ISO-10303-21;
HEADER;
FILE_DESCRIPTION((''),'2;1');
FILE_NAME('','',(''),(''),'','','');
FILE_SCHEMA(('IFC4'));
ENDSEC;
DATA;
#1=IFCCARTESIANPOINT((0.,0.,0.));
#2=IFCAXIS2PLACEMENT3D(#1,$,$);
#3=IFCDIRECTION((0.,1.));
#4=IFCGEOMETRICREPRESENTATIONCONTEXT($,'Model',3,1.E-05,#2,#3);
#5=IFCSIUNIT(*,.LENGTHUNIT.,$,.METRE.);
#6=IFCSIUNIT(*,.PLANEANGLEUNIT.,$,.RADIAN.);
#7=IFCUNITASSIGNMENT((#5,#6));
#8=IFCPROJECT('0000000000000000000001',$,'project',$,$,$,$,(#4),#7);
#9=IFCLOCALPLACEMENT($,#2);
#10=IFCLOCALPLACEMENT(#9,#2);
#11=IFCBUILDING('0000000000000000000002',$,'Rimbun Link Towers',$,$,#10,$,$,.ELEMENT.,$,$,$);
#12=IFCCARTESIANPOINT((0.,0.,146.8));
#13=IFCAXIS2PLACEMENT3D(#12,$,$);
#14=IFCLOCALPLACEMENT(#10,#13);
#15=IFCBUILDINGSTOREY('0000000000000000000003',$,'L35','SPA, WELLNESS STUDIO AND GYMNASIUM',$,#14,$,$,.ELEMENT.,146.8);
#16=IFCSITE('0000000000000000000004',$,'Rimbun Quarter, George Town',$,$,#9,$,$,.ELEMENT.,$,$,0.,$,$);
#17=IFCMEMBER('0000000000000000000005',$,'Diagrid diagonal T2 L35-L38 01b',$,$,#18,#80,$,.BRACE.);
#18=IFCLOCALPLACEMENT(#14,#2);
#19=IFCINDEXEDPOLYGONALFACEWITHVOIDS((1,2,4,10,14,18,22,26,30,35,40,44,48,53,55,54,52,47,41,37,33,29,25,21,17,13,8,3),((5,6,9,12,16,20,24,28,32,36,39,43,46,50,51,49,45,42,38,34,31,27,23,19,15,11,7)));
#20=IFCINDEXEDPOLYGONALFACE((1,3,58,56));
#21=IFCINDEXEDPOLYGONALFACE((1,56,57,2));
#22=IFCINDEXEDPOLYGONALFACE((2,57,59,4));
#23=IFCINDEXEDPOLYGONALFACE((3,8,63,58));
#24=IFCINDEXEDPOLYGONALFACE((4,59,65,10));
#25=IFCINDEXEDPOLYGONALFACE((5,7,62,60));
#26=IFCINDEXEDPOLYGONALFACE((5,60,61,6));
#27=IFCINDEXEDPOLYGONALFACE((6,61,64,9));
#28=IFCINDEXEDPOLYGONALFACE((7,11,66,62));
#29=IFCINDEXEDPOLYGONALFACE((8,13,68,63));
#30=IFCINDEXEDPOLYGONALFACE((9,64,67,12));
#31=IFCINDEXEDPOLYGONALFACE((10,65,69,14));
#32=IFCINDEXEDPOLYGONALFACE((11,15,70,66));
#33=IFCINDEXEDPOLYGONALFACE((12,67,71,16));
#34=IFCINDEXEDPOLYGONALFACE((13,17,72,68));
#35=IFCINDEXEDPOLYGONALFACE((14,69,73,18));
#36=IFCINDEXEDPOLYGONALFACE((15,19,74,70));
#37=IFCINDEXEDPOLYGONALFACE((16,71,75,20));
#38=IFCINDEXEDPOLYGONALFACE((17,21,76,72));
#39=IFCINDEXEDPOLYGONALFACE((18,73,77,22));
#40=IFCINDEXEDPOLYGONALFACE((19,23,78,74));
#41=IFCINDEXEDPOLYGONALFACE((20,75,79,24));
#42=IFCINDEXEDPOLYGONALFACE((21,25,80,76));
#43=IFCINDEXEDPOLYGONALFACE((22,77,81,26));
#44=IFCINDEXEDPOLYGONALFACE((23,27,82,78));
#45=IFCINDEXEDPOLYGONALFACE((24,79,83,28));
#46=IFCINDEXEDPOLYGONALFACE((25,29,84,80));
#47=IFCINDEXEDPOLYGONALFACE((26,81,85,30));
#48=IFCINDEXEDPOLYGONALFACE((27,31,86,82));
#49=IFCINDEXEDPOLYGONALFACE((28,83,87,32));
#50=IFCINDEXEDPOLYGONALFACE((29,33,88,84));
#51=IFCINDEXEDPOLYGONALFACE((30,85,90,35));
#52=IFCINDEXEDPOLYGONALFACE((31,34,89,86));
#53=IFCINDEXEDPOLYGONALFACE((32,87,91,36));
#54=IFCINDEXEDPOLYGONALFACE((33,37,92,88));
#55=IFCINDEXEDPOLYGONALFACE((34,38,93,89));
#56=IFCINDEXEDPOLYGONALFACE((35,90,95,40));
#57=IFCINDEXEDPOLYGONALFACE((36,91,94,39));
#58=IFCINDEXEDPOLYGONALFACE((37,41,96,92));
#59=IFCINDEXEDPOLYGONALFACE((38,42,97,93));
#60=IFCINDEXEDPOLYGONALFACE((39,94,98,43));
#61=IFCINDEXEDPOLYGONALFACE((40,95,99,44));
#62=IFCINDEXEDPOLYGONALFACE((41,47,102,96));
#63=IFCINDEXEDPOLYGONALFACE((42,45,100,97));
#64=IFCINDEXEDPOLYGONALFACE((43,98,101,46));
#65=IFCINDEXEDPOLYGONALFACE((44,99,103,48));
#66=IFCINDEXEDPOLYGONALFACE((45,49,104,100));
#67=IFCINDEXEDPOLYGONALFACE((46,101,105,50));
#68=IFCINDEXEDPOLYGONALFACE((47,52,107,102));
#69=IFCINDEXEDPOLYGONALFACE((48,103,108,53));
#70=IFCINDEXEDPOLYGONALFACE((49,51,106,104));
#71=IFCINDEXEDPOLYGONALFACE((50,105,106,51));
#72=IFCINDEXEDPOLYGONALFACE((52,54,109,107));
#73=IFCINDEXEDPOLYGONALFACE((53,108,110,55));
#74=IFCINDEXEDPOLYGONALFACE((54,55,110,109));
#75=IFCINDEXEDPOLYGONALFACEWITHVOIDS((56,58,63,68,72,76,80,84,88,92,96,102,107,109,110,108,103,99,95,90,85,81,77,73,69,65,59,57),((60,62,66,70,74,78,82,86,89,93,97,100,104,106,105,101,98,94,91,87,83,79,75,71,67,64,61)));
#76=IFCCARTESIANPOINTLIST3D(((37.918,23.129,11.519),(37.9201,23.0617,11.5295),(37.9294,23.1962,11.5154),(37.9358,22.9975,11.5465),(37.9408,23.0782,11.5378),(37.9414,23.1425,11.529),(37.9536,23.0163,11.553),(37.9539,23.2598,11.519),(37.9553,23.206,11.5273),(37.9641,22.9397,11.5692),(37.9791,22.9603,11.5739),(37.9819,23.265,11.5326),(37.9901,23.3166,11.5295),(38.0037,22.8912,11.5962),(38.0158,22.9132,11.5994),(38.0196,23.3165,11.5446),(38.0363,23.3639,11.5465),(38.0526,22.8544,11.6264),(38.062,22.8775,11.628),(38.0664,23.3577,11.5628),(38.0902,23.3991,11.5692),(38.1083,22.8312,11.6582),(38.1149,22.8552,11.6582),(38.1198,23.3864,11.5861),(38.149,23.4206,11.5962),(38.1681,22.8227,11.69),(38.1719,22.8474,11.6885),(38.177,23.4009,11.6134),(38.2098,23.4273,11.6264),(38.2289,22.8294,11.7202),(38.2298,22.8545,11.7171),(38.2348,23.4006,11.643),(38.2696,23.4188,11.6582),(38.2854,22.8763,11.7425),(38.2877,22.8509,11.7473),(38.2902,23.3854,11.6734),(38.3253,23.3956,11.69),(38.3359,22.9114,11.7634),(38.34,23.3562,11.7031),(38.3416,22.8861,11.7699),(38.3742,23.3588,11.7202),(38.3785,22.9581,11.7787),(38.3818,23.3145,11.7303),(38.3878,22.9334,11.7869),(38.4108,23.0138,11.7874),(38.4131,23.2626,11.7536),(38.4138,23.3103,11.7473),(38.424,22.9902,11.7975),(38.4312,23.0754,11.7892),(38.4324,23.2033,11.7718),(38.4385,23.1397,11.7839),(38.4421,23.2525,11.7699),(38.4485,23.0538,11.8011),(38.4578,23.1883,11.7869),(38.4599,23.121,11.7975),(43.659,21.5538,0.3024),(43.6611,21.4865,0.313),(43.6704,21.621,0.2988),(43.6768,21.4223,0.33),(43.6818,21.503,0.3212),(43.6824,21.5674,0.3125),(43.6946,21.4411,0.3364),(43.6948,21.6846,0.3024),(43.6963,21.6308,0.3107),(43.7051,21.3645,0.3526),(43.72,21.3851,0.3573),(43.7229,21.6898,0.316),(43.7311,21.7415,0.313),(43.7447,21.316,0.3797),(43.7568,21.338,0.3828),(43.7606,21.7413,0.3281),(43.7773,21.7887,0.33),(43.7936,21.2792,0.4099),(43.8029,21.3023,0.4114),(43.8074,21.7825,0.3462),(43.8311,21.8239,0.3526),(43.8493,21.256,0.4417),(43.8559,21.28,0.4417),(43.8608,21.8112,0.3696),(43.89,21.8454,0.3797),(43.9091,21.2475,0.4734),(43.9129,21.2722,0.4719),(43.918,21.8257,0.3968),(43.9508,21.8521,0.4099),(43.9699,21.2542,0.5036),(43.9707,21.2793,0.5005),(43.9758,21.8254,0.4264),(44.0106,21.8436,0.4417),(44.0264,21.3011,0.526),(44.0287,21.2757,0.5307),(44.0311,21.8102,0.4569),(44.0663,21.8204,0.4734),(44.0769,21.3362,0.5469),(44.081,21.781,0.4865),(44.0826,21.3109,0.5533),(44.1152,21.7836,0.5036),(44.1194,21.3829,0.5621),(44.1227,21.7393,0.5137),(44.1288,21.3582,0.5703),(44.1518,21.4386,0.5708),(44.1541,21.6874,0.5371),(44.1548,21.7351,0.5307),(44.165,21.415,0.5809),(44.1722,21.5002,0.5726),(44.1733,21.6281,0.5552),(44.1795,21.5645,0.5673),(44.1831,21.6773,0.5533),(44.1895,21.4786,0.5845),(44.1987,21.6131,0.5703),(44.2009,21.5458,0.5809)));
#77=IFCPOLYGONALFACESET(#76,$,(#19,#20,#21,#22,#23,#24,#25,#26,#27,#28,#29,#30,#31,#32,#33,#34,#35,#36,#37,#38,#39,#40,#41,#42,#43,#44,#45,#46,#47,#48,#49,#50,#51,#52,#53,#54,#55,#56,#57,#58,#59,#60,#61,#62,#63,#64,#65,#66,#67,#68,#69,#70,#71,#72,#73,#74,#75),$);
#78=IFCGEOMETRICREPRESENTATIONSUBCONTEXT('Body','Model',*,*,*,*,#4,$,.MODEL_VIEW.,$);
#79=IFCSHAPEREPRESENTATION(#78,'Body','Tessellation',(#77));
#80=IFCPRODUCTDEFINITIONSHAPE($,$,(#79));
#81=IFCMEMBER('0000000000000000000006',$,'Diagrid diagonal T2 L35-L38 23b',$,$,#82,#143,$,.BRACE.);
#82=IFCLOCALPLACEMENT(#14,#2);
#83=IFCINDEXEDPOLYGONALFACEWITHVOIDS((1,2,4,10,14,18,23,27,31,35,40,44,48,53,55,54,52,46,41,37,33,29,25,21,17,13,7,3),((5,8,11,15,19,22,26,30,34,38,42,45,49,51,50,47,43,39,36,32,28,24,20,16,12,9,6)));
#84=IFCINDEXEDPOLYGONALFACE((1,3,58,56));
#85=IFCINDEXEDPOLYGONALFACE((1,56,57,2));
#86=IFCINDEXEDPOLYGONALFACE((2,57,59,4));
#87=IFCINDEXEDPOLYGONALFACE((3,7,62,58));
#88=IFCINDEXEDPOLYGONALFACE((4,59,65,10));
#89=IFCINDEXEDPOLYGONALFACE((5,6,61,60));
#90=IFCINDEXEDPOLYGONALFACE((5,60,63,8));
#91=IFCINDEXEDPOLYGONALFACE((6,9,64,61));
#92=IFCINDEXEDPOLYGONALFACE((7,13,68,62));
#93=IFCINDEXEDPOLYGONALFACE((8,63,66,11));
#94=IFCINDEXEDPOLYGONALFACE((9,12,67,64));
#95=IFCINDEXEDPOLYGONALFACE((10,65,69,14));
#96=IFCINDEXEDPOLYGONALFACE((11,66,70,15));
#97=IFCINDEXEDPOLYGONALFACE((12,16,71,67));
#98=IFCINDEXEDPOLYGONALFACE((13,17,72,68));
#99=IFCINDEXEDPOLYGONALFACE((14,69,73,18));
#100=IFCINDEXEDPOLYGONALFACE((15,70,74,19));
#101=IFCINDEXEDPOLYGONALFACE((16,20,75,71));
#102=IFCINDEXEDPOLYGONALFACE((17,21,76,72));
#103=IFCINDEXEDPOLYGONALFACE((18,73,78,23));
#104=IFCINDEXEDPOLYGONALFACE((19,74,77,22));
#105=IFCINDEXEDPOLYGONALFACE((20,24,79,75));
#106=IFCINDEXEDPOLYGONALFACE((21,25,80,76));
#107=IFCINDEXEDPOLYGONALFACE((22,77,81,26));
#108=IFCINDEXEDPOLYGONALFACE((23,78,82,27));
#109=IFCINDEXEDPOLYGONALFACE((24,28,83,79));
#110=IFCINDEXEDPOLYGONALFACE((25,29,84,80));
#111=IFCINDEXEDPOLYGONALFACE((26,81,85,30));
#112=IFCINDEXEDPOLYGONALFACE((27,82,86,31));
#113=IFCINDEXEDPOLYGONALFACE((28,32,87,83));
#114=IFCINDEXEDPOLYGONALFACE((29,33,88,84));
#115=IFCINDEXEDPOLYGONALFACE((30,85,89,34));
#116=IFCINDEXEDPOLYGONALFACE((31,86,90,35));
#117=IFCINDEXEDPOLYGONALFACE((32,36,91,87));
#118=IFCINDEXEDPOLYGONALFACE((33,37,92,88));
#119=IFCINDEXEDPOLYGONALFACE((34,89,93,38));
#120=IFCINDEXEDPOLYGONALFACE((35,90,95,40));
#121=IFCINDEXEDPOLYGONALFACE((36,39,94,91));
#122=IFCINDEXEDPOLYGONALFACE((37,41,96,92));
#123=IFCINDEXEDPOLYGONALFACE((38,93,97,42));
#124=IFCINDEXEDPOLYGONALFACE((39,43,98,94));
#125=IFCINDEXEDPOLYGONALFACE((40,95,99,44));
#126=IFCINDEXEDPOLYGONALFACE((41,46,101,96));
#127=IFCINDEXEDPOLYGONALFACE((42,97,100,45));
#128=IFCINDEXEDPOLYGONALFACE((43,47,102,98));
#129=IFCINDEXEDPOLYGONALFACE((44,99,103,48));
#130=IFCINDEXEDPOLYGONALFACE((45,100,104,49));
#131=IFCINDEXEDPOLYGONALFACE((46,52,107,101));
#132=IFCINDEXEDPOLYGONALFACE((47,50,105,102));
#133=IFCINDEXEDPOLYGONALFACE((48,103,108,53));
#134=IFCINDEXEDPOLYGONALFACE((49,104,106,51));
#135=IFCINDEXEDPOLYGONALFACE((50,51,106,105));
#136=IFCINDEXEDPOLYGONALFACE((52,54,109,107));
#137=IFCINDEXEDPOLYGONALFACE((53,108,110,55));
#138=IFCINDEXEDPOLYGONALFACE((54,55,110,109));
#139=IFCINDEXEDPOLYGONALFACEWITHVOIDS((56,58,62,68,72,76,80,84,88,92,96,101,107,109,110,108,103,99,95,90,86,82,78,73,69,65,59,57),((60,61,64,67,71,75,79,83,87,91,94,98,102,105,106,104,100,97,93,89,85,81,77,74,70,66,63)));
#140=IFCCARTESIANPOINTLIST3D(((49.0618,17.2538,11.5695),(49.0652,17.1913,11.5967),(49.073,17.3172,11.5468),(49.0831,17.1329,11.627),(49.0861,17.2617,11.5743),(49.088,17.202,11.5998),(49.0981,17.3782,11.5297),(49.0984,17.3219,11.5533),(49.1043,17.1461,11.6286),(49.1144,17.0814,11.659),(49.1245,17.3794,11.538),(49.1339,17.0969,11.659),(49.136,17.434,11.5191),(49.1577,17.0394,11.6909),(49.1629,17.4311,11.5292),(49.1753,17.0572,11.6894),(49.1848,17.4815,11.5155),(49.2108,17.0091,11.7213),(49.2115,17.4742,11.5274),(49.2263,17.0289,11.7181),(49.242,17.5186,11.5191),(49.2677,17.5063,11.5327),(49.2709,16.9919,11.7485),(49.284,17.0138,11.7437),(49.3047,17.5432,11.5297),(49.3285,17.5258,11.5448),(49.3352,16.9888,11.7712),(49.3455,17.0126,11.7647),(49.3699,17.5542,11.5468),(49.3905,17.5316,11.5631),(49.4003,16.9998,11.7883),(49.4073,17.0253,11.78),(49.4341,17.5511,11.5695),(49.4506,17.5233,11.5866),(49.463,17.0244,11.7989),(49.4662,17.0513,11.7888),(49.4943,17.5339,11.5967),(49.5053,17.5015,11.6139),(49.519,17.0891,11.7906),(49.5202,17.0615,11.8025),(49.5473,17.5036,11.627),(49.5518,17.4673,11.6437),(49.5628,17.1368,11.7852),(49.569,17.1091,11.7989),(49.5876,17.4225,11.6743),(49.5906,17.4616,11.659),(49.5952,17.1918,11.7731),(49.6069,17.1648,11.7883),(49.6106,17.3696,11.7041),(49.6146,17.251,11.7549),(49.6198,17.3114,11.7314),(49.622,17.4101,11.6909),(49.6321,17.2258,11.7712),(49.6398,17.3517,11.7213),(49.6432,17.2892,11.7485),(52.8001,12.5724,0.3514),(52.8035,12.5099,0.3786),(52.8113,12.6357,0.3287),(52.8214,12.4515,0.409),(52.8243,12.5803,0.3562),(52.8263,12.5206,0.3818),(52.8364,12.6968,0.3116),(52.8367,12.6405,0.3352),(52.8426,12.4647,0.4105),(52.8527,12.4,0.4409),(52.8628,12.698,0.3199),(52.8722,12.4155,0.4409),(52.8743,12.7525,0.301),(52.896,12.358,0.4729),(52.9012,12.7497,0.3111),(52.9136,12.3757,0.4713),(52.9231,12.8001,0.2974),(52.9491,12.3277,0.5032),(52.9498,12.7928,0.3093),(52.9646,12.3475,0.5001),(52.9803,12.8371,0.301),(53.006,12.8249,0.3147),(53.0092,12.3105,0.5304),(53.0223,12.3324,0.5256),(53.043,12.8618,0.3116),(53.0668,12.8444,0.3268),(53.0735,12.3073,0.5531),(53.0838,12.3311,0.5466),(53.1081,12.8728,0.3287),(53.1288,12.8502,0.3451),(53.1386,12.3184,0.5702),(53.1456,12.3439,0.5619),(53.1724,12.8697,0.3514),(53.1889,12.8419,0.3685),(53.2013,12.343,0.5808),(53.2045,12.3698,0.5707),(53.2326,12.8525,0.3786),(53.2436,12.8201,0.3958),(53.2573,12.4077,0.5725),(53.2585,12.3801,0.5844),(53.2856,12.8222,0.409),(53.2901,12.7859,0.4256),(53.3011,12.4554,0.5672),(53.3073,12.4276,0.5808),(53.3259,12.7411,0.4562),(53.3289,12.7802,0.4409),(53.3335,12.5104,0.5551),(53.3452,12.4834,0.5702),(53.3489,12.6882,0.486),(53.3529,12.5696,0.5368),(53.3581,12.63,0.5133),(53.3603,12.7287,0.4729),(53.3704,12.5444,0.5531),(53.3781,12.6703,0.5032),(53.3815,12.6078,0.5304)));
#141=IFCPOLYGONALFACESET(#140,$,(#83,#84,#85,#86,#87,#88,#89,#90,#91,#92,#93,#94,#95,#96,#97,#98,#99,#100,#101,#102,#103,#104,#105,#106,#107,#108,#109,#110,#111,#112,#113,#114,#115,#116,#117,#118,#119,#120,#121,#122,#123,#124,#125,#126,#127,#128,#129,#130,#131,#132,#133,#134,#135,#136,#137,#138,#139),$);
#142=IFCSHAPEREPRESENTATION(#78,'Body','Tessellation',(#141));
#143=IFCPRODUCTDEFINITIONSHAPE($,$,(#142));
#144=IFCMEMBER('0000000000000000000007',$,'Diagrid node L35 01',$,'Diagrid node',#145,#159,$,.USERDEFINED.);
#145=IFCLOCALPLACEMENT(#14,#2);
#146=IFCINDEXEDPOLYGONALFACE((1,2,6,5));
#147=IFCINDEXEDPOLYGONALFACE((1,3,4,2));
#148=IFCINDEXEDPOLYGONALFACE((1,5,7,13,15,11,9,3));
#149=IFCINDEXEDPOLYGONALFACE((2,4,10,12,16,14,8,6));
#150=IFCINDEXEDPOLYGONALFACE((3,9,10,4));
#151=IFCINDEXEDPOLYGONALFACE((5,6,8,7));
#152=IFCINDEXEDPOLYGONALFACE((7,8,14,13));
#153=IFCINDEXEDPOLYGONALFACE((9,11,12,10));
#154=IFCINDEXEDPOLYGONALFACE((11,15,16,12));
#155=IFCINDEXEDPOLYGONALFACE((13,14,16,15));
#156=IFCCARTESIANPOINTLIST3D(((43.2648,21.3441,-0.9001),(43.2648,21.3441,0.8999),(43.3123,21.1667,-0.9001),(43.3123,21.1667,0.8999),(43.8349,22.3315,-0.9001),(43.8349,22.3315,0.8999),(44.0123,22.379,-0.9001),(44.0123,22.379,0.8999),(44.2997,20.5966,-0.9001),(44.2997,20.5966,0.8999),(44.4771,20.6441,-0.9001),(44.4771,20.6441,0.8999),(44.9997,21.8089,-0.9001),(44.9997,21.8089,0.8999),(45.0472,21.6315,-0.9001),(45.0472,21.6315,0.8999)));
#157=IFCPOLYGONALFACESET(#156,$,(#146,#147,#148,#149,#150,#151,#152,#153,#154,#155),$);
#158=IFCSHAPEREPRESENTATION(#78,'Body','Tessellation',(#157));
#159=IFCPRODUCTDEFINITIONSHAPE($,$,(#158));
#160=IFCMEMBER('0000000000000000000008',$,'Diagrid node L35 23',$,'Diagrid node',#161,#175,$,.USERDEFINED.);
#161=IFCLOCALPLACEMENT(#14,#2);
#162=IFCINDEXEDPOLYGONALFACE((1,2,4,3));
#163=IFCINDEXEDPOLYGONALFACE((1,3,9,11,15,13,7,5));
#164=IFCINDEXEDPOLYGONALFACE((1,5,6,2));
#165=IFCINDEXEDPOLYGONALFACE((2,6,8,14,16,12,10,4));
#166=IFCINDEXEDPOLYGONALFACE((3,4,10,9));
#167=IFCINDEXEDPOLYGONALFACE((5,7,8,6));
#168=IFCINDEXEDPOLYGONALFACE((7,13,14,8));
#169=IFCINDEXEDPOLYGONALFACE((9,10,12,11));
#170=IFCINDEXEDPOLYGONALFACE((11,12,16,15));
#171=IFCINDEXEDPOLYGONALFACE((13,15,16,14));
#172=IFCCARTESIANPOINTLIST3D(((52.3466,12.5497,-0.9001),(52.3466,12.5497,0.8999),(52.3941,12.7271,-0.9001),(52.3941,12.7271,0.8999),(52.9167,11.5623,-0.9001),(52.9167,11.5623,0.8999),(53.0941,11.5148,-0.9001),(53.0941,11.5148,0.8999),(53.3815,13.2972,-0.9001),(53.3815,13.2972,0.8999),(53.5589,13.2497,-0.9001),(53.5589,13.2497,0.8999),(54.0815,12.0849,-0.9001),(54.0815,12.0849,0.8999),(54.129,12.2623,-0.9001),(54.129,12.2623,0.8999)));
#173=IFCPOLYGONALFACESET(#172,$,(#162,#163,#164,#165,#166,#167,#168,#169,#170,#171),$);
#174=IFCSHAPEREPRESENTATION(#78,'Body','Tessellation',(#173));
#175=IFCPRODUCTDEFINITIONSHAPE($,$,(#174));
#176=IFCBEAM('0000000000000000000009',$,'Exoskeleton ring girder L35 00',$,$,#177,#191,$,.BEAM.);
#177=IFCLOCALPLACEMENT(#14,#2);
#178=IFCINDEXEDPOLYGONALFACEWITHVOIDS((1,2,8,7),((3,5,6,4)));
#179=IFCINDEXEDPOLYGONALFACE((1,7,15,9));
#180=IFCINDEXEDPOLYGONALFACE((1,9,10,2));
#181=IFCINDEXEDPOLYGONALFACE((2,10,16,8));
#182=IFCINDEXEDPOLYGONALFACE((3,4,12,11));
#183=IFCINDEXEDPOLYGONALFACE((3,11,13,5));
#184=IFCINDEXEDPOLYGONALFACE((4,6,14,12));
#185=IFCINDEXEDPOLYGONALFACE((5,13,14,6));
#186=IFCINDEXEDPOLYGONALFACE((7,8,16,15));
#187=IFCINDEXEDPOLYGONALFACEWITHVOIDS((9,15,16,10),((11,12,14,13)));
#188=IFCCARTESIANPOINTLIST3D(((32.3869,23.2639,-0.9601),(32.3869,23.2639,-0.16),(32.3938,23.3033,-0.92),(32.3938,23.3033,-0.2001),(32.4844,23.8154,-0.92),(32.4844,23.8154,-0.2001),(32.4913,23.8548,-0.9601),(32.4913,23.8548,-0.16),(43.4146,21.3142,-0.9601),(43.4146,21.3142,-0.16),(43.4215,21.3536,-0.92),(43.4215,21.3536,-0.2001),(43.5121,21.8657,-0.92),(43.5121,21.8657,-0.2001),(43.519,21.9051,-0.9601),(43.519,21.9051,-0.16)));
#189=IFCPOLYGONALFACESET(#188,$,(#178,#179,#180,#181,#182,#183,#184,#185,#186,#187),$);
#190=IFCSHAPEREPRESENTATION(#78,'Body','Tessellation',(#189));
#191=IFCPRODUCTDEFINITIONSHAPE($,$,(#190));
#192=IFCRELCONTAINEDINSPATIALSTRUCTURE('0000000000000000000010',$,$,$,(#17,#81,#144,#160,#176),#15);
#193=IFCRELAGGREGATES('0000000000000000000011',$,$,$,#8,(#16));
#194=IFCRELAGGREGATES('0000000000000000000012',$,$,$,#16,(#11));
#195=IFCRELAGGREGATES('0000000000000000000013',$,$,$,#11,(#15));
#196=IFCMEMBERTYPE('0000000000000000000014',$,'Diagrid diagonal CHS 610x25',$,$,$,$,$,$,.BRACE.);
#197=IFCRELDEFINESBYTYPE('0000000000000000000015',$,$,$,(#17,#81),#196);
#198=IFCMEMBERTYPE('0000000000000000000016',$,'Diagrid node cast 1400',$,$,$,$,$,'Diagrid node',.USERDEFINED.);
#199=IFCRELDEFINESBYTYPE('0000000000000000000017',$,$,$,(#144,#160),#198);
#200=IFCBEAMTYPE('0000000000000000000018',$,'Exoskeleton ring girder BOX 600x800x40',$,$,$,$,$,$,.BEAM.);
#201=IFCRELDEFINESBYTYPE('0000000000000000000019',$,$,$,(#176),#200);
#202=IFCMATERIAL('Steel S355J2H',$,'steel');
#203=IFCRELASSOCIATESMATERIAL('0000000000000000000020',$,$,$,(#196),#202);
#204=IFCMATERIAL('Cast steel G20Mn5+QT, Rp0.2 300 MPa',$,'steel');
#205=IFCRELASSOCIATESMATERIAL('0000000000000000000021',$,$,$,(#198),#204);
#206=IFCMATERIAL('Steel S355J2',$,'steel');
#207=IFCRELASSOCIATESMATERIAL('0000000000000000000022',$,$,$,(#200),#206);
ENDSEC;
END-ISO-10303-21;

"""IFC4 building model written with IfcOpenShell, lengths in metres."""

from ifc_helpers import new_model, si_unit, direction, frame, origin, origin_2d, place, context, subcontext, project, spatial, polyline, hollow_rectangle, hollow_circle, outline, extrude, material, material_profile, profile_set, type_object, element, save


model = new_model("IFC4")

# Units and contexts
model_context = context("Model", 3, precision=1e-05, world=origin(), true_north=direction((0.0, 1.0)))
body_context = subcontext(model_context, "Body", "Model", "MODEL_VIEW")
ifc_project = project(units=[si_unit("LENGTHUNIT", "METRE"), si_unit("PLANEANGLEUNIT", "RADIAN")], contexts=[model_context])

# Site, building, storey
site_placement = place(None, origin())
site = spatial("IfcSite", under=ifc_project, at=site_placement, Name="Rimbun Quarter, George Town", CompositionType="ELEMENT", RefElevation=0.0)
building_placement = place(site_placement, origin())
building = spatial("IfcBuilding", under=site, at=building_placement, Name="Rimbun Link Towers", CompositionType="ELEMENT")
storey_placement = place(building_placement, frame((0.0, 0.0, 146.8)))
storey = spatial("IfcBuildingStorey", under=building, at=storey_placement, Name="L35", Description="SPA, WELLNESS STUDIO AND GYMNASIUM", CompositionType="ELEMENT", Elevation=146.8)

# Members
ifc_material_1 = material(Name="Steel S355J2H", Category="steel")
ifc_material_profile_1 = material_profile(ifc_material_1, hollow_circle(Radius=0.3047, WallThickness=0.0249, at=origin_2d()), Name="Diagrid diagonal CHS 610x25")
ifc_profile_set_1 = profile_set([ifc_material_profile_1], Name="Steel S355J2H")
member_type_1 = type_object("IfcMemberType", Name="Diagrid diagonal CHS 610x25", PredefinedType="BRACE", material=ifc_profile_set_1)
member_1_placement = place(storey_placement, frame((43.9299, 21.5498, 0.4417), z_axis=(-0.452099, 0.124046, 0.8833), x_axis=(-0.264599, -0.964359, 0.0)))
element("IfcMember", 1, at=member_1_placement, inside=storey, type_object=member_type_1, Name="Diagrid diagonal T2 L35-L38 01b", PredefinedType="BRACE", context=body_context, shape_type="SweptSolid", body=[
    extrude(hollow_circle(Radius=0.3047, WallThickness=0.0249, at=origin_2d()), origin(), (0.0, 0.0, 1.0), 12.6985),
])
member_2_placement = place(storey_placement, frame((53.0908, 12.5901, 0.4409), z_axis=(-0.293948, 0.368107, 0.882095), x_axis=(-0.781425, -0.623999, 0.0)))
element("IfcMember", 2, at=member_2_placement, inside=storey, type_object=member_type_1, Name="Diagrid diagonal T2 L35-L38 23b", PredefinedType="BRACE", context=body_context, shape_type="SweptSolid", body=[
    extrude(hollow_circle(Radius=0.3047, WallThickness=0.0249, at=origin_2d()), origin(), (0.0, 0.0, 1.0), 12.7175),
])
ifc_material_2 = material(Name="Cast steel G20Mn5+QT, Rp0.2 300 MPa", Category="steel")
ifc_material_profile_2 = material_profile(ifc_material_2, outline(polyline([(0.7, -0.5701), (0.7, 0.5701), (0.5701, 0.7), (-0.5701, 0.7), (-0.7, 0.5701), (-0.7, -0.5701), (-0.5701, -0.7), (0.5701, -0.7), (0.7, -0.5701)])), Name="NODE 1400x1400")
ifc_profile_set_2 = profile_set([ifc_material_profile_2], Name="Cast steel G20Mn5+QT, Rp0.2 300 MPa")
member_type_2 = type_object("IfcMemberType", Name="Diagrid node cast 1400", ElementType="Diagrid node", PredefinedType="USERDEFINED", material=ifc_profile_set_2)
for number, where, z_axis, x_axis, name in (
    (3, (44.156, 21.4878, -0.9001), (0.0, 0.0, 1.0), (0.5, 0.866025, 0.0), "Diagrid node L35 01"),
    (4, (53.2378, 12.406, -0.9001), (0.0, 0.0, 1.0), (0.866025, 0.5, 0.0), "Diagrid node L35 23"),
):
    element("IfcMember", number, at=place(storey_placement, frame(where, z_axis=z_axis, x_axis=x_axis)), inside=storey, type_object=member_type_2, Name=name, ObjectType="Diagrid node", PredefinedType="USERDEFINED", context=body_context, shape_type="SweptSolid", body=[
        extrude(outline(polyline([(0.7, -0.5701), (0.7, 0.5701), (0.5701, 0.7), (-0.5701, 0.7), (-0.7, 0.5701), (-0.7, -0.5701), (-0.5701, -0.7), (0.5701, -0.7), (0.7, -0.5701)])), origin(), (0.0, 0.0, 1.0), 1.8),
    ])

# Beam
ifc_material_3 = material(Name="Steel S355J2", Category="steel")
ifc_material_profile_3 = material_profile(ifc_material_3, hollow_rectangle(XDim=0.6001, YDim=0.8, WallThickness=0.04, at=origin_2d()), Name="Exoskeleton ring girder BOX 600x800x40")
ifc_profile_set_3 = profile_set([ifc_material_profile_3], Name="Steel S355J2")
beam_type_1 = type_object("IfcBeamType", Name="Exoskeleton ring girder BOX 600x800x40", PredefinedType="BEAM", material=ifc_profile_set_3)
beam_1_placement = place(storey_placement, frame((43.4668, 21.6096, -0.5601), z_axis=(-0.984728, 0.174102, 0.0), x_axis=(-0.174102, -0.984728, 0.0)))
element("IfcBeam", 5, at=beam_1_placement, inside=storey, type_object=beam_type_1, Name="Exoskeleton ring girder L35 00", PredefinedType="BEAM", context=body_context, shape_type="SweptSolid", body=[
    extrude(hollow_rectangle(XDim=0.6001, YDim=0.8, WallThickness=0.04, at=origin_2d()), origin(), (0.0, 0.0, 1.0), 11.1987),
])

save(model, "model.ifc")
